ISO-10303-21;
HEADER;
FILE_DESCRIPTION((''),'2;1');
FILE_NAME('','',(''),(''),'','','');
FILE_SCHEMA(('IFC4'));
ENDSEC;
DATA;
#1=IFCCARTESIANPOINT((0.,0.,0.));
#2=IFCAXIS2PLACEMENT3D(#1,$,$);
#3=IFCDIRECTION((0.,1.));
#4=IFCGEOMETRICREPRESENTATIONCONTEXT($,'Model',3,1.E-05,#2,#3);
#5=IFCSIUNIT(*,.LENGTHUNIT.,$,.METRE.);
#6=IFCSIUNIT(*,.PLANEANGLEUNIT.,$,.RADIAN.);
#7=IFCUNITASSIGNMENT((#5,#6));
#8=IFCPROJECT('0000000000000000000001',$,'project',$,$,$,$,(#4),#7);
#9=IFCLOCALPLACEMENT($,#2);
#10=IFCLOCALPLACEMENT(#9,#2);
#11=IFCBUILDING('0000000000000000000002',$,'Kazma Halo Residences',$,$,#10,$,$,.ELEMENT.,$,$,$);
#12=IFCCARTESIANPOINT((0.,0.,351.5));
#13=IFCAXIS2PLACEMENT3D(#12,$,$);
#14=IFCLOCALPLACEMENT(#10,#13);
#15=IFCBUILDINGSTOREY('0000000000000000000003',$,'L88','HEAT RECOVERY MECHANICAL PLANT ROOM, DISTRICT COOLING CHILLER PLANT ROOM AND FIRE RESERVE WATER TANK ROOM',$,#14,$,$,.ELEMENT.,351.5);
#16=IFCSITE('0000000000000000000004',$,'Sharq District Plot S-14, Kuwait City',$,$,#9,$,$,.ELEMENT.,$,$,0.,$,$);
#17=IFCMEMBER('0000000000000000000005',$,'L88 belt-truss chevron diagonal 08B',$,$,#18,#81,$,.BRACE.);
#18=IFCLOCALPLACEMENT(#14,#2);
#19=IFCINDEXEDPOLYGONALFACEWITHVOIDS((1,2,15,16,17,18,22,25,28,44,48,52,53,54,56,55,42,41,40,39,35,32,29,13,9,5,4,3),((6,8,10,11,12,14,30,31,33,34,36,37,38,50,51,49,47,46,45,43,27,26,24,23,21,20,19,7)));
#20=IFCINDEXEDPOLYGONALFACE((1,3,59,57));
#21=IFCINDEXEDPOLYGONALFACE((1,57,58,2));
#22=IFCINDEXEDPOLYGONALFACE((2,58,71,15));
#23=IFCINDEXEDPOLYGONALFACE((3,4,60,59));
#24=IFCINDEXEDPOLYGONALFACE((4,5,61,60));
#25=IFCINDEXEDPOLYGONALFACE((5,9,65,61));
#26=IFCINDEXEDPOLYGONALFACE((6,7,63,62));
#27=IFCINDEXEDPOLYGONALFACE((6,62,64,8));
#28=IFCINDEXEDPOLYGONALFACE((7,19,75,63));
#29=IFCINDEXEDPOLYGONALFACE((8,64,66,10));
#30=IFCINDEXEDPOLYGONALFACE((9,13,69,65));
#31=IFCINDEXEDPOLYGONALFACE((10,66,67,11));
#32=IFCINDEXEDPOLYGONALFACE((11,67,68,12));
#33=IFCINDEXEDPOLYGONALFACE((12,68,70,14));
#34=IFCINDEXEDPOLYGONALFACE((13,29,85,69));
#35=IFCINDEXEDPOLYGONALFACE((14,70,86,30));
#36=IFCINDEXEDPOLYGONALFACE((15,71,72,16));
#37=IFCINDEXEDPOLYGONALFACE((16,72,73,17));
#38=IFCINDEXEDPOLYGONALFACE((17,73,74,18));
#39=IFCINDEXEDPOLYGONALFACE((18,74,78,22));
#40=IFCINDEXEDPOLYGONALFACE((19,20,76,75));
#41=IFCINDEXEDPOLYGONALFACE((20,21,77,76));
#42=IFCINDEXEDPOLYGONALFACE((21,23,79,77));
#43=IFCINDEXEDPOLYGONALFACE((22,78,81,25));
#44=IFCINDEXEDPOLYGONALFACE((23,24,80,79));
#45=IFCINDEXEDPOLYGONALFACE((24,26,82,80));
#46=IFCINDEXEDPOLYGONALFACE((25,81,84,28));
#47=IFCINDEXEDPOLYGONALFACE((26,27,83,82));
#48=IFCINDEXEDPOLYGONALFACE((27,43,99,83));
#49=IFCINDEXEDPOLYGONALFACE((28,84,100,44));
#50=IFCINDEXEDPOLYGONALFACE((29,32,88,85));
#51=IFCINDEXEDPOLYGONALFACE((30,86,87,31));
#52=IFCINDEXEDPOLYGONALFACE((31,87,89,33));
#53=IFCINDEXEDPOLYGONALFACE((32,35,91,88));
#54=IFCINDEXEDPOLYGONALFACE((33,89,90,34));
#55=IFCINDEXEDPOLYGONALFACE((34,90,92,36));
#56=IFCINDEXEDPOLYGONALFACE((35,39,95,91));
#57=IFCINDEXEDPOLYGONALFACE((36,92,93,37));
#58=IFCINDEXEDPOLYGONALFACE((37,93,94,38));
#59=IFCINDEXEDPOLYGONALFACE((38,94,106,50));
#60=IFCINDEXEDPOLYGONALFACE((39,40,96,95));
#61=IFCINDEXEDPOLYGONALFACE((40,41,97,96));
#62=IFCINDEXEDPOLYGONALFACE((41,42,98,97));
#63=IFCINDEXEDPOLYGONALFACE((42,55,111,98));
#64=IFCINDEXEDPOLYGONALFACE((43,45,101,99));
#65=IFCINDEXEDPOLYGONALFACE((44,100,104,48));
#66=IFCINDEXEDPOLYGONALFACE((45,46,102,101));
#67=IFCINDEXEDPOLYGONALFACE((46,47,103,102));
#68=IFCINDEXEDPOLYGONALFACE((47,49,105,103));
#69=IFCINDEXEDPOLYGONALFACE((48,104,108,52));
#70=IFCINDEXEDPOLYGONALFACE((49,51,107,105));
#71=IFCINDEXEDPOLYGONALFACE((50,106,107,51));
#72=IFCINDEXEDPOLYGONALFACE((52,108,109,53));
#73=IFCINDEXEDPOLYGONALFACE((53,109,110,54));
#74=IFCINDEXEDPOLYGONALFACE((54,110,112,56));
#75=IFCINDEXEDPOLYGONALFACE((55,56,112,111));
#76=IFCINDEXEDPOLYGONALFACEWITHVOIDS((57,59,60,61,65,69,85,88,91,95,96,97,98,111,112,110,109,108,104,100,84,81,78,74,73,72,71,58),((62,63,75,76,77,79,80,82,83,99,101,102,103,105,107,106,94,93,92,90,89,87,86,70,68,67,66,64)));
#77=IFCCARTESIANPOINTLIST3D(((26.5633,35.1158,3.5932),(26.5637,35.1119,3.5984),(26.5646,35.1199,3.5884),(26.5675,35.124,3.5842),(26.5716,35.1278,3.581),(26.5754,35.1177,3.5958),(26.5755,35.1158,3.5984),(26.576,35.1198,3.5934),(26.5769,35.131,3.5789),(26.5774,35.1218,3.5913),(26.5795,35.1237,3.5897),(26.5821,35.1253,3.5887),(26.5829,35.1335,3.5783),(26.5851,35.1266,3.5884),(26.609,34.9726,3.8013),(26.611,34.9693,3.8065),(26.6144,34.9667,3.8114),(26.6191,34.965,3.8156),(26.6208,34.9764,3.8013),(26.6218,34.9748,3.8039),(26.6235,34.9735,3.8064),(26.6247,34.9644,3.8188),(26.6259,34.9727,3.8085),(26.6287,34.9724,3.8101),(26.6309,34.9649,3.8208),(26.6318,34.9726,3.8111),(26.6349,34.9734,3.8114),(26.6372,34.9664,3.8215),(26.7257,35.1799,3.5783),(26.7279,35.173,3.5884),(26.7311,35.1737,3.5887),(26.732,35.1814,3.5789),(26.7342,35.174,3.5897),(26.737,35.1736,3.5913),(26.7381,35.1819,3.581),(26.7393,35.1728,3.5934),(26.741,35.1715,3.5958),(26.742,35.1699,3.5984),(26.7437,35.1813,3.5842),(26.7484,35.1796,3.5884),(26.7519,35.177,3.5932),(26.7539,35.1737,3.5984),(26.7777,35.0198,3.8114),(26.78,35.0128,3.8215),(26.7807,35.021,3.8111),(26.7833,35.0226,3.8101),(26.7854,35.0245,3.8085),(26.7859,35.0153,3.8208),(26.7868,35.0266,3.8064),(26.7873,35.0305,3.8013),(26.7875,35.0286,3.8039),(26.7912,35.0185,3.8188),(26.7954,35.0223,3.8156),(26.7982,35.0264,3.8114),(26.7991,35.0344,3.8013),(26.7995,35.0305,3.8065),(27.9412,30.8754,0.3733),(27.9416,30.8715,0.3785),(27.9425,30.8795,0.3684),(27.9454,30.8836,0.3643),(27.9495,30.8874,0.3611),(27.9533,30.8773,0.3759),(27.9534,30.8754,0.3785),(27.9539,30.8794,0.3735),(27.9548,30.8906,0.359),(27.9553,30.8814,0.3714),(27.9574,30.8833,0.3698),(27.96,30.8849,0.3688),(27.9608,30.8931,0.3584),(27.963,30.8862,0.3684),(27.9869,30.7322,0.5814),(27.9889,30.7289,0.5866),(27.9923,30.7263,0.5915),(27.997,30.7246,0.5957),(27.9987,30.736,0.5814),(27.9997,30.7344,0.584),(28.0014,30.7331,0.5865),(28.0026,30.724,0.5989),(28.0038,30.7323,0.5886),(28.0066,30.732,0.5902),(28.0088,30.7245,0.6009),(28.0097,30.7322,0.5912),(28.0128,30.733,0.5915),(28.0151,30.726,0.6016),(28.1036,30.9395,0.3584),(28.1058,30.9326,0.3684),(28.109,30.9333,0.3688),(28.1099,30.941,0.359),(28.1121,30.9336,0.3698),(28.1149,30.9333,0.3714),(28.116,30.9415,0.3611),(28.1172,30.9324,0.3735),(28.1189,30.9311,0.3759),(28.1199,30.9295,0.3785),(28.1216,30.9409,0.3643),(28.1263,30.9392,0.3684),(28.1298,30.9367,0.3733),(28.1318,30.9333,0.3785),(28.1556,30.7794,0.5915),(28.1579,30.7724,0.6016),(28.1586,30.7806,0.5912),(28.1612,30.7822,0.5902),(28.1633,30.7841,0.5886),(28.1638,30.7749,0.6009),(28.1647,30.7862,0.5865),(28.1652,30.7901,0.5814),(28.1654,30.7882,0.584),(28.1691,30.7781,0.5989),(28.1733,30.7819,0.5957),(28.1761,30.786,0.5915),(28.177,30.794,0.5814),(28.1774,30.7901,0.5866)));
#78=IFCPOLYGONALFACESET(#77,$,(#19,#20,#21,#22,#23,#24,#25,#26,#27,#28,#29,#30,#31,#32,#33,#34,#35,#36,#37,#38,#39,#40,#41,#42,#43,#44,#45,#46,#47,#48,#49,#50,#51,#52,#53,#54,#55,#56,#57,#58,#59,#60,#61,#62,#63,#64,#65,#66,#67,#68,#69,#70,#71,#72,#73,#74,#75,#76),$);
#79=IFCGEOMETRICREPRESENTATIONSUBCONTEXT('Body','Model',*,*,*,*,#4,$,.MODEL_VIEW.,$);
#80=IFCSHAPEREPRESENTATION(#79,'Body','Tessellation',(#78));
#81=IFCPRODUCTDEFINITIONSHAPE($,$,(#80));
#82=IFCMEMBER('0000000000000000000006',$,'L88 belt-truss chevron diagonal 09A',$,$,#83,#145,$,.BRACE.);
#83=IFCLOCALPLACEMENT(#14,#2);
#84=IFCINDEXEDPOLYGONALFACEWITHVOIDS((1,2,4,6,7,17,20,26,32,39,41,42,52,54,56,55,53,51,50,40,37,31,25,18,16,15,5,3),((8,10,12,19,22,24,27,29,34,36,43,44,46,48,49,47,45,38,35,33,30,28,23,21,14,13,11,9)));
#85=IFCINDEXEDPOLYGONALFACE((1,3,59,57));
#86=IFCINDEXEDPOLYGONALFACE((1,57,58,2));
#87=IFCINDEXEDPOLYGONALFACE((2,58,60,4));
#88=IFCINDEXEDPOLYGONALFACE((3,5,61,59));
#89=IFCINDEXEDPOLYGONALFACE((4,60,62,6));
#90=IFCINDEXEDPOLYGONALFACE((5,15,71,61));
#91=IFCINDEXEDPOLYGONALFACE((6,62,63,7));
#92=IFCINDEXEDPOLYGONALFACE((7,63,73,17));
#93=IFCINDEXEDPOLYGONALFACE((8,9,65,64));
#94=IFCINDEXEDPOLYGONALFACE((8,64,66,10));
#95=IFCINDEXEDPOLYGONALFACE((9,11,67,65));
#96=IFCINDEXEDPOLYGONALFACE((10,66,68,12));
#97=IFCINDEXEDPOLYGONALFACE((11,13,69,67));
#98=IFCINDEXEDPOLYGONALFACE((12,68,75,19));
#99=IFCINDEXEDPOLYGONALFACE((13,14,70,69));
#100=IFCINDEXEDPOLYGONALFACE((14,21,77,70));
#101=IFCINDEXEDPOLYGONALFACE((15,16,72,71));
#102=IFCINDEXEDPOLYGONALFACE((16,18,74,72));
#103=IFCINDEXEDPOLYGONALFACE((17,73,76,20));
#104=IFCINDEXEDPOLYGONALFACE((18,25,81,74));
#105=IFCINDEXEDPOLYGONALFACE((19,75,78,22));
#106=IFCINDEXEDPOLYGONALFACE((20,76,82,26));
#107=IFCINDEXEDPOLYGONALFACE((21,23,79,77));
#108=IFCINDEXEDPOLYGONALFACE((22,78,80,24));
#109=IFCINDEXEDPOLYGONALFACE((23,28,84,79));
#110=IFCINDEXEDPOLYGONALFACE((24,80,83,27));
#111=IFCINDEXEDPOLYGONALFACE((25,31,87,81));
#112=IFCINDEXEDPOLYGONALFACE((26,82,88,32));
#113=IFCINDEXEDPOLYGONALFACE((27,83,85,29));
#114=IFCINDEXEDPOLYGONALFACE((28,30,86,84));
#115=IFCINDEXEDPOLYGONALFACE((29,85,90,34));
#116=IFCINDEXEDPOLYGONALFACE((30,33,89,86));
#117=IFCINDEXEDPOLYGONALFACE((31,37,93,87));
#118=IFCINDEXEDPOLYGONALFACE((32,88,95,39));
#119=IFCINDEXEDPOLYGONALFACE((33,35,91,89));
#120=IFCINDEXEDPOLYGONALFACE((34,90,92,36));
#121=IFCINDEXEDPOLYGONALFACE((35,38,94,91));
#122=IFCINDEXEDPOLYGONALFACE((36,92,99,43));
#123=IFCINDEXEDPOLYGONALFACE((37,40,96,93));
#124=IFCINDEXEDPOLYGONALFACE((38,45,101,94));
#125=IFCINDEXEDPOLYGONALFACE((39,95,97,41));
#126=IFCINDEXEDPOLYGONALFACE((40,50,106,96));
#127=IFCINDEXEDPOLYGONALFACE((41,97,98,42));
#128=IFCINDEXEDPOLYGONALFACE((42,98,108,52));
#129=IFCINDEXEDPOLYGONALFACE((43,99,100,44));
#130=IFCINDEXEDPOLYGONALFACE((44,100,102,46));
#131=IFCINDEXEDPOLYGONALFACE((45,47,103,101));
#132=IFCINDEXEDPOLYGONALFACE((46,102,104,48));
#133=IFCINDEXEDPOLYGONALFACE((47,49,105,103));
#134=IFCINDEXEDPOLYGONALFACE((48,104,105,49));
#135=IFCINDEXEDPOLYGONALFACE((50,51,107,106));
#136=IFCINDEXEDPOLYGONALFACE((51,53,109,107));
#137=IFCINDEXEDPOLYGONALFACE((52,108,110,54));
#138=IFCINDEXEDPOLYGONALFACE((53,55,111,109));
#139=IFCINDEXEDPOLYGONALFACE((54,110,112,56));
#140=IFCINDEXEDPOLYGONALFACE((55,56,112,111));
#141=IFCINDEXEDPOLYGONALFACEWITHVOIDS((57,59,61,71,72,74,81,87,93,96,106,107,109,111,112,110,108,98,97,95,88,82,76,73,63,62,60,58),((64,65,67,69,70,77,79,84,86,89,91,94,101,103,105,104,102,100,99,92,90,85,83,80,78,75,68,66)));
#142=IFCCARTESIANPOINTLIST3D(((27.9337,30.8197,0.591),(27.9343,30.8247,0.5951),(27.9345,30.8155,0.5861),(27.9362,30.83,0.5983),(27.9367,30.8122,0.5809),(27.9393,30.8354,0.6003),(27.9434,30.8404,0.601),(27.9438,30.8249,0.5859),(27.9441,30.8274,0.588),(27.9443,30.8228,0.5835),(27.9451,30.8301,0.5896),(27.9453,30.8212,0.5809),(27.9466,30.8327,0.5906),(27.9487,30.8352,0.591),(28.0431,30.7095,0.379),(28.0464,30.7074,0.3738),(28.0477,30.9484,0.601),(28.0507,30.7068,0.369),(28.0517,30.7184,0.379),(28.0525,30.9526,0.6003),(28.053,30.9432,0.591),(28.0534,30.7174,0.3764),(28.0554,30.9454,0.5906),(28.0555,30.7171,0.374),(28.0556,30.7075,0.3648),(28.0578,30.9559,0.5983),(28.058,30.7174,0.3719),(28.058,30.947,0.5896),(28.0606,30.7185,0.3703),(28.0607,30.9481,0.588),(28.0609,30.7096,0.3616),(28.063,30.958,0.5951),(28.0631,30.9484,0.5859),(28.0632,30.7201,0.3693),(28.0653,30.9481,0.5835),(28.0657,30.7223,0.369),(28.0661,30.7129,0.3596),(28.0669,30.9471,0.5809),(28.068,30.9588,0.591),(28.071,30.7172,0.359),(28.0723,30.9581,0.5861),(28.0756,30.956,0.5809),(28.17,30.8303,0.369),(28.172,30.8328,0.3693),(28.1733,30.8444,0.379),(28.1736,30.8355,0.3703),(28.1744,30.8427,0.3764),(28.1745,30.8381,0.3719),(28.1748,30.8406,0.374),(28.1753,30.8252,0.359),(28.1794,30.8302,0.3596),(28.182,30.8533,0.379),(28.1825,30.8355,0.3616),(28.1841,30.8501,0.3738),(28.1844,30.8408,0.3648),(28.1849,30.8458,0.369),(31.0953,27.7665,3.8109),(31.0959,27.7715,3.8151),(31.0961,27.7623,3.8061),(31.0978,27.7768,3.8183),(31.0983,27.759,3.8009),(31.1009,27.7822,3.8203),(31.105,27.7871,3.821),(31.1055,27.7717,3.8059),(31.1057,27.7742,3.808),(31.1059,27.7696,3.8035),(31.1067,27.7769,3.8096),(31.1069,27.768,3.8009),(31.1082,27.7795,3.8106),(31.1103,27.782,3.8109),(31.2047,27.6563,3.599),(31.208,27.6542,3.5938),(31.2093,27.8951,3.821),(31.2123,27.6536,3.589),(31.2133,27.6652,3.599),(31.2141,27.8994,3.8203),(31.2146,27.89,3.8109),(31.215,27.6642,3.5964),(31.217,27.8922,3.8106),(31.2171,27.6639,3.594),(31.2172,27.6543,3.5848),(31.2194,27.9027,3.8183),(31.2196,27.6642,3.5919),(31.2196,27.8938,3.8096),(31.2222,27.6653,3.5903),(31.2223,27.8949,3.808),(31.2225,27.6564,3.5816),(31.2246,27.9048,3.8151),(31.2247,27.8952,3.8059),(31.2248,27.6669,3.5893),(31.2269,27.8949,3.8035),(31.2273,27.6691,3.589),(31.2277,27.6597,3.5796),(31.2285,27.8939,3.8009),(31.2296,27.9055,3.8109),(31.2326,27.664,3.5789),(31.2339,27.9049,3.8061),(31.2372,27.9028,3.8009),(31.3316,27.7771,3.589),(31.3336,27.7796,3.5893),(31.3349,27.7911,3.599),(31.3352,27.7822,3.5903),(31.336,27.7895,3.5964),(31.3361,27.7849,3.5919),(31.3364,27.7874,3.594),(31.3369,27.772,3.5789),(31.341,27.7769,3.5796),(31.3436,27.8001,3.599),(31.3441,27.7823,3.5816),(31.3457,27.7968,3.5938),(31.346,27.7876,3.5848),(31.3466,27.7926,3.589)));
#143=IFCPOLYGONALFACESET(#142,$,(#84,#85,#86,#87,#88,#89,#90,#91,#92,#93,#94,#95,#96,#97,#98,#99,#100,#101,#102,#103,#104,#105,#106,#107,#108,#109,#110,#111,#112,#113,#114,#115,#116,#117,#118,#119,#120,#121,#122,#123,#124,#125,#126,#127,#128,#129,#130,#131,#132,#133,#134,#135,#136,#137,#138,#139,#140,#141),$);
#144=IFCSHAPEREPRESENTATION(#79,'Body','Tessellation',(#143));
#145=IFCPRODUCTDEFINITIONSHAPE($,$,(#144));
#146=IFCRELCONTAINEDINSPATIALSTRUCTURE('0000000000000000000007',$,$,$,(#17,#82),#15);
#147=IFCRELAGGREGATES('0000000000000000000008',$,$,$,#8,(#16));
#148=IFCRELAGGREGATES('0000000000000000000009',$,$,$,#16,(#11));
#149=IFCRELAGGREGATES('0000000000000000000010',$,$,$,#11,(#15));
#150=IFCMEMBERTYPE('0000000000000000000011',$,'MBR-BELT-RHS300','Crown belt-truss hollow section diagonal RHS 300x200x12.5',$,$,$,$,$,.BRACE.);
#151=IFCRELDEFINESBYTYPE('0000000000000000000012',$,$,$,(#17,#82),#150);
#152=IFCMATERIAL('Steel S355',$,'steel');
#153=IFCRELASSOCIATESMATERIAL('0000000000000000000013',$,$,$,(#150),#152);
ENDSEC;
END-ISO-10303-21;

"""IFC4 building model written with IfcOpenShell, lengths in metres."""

from ifc_helpers import new_model, si_unit, direction, frame, origin, origin_2d, place, context, subcontext, project, spatial, hollow_rectangle, extrude, material, material_profile, profile_set, type_object, element, save


model = new_model("IFC4")

# Units and contexts
model_context = context("Model", 3, precision=1e-05, world=origin(), true_north=direction((0.0, 1.0)))
body_context = subcontext(model_context, "Body", "Model", "MODEL_VIEW")
ifc_project = project(units=[si_unit("LENGTHUNIT", "METRE"), si_unit("PLANEANGLEUNIT", "RADIAN")], contexts=[model_context])

# Site, building, storey
site_placement = place(None, origin())
site = spatial("IfcSite", under=ifc_project, at=site_placement, Name="Sharq District Plot S-14, Kuwait City", CompositionType="ELEMENT", RefElevation=0.0)
building_placement = place(site_placement, origin())
building = spatial("IfcBuilding", under=site, at=building_placement, Name="Kazma Halo Residences", CompositionType="ELEMENT")
storey_placement = place(building_placement, frame((0.0, 0.0, 351.5)))
storey = spatial("IfcBuildingStorey", under=building, at=storey_placement, Name="L88", Description="HEAT RECOVERY MECHANICAL PLANT ROOM, DISTRICT COOLING CHILLER PLANT ROOM AND FIRE RESERVE WATER TANK ROOM", CompositionType="ELEMENT", Elevation=351.5)

# Shared definitions
ifc_material_1 = material(Name="Steel S355", Category="steel")

# Members
ifc_material_profile_1 = material_profile(ifc_material_1, hollow_rectangle(XDim=0.2, YDim=0.3, WallThickness=0.0125, InnerFilletRadius=0.0125, OuterFilletRadius=0.0249, at=origin_2d()), Name="RHS300x200x12.5")
ifc_profile_set_1 = profile_set([ifc_material_profile_1], Name="Steel S355")
member_type_1 = type_object("IfcMemberType", Name="MBR-BELT-RHS300", Description="Crown belt-truss hollow section diagonal RHS 300x200x12.5", PredefinedType="BRACE", material=ifc_profile_set_1)
for number, where, z_axis, x_axis, name in (
    (1, (28.0593, 30.8328, 0.48), (-0.250539, 0.771014, 0.585463), (-0.951049, -0.30904, 0.0), "L88 belt-truss chevron diagonal 08B"),
):
    element("IfcMember", number, at=place(storey_placement, frame(where, z_axis=z_axis, x_axis=x_axis)), inside=storey, type_object=member_type_1, Name=name, PredefinedType="BRACE", context=body_context, shape_type="SweptSolid", body=[
        extrude(hollow_rectangle(XDim=0.2, YDim=0.3, WallThickness=0.0125, InnerFilletRadius=0.0125, OuterFilletRadius=0.0249, at=origin_2d()), origin(), (0.0, 0.0, 1.0), 5.4998),
    ])
for number, where, z_axis, x_axis, name in (
    (2, (28.0593, 30.8328, 0.48), (0.580273, -0.560378, 0.590982), (0.694668, 0.719331, 0.0), "L88 belt-truss chevron diagonal 09A"),
):
    element("IfcMember", number, at=place(storey_placement, frame(where, z_axis=z_axis, x_axis=x_axis)), inside=storey, type_object=member_type_1, Name=name, PredefinedType="BRACE", context=body_context, shape_type="SweptSolid", body=[
        extrude(hollow_rectangle(XDim=0.2, YDim=0.3, WallThickness=0.0125, InnerFilletRadius=0.0125, OuterFilletRadius=0.0249, at=origin_2d()), origin(), (0.0, 0.0, 1.0), 5.4485),
    ])

save(model, "model.ifc")
